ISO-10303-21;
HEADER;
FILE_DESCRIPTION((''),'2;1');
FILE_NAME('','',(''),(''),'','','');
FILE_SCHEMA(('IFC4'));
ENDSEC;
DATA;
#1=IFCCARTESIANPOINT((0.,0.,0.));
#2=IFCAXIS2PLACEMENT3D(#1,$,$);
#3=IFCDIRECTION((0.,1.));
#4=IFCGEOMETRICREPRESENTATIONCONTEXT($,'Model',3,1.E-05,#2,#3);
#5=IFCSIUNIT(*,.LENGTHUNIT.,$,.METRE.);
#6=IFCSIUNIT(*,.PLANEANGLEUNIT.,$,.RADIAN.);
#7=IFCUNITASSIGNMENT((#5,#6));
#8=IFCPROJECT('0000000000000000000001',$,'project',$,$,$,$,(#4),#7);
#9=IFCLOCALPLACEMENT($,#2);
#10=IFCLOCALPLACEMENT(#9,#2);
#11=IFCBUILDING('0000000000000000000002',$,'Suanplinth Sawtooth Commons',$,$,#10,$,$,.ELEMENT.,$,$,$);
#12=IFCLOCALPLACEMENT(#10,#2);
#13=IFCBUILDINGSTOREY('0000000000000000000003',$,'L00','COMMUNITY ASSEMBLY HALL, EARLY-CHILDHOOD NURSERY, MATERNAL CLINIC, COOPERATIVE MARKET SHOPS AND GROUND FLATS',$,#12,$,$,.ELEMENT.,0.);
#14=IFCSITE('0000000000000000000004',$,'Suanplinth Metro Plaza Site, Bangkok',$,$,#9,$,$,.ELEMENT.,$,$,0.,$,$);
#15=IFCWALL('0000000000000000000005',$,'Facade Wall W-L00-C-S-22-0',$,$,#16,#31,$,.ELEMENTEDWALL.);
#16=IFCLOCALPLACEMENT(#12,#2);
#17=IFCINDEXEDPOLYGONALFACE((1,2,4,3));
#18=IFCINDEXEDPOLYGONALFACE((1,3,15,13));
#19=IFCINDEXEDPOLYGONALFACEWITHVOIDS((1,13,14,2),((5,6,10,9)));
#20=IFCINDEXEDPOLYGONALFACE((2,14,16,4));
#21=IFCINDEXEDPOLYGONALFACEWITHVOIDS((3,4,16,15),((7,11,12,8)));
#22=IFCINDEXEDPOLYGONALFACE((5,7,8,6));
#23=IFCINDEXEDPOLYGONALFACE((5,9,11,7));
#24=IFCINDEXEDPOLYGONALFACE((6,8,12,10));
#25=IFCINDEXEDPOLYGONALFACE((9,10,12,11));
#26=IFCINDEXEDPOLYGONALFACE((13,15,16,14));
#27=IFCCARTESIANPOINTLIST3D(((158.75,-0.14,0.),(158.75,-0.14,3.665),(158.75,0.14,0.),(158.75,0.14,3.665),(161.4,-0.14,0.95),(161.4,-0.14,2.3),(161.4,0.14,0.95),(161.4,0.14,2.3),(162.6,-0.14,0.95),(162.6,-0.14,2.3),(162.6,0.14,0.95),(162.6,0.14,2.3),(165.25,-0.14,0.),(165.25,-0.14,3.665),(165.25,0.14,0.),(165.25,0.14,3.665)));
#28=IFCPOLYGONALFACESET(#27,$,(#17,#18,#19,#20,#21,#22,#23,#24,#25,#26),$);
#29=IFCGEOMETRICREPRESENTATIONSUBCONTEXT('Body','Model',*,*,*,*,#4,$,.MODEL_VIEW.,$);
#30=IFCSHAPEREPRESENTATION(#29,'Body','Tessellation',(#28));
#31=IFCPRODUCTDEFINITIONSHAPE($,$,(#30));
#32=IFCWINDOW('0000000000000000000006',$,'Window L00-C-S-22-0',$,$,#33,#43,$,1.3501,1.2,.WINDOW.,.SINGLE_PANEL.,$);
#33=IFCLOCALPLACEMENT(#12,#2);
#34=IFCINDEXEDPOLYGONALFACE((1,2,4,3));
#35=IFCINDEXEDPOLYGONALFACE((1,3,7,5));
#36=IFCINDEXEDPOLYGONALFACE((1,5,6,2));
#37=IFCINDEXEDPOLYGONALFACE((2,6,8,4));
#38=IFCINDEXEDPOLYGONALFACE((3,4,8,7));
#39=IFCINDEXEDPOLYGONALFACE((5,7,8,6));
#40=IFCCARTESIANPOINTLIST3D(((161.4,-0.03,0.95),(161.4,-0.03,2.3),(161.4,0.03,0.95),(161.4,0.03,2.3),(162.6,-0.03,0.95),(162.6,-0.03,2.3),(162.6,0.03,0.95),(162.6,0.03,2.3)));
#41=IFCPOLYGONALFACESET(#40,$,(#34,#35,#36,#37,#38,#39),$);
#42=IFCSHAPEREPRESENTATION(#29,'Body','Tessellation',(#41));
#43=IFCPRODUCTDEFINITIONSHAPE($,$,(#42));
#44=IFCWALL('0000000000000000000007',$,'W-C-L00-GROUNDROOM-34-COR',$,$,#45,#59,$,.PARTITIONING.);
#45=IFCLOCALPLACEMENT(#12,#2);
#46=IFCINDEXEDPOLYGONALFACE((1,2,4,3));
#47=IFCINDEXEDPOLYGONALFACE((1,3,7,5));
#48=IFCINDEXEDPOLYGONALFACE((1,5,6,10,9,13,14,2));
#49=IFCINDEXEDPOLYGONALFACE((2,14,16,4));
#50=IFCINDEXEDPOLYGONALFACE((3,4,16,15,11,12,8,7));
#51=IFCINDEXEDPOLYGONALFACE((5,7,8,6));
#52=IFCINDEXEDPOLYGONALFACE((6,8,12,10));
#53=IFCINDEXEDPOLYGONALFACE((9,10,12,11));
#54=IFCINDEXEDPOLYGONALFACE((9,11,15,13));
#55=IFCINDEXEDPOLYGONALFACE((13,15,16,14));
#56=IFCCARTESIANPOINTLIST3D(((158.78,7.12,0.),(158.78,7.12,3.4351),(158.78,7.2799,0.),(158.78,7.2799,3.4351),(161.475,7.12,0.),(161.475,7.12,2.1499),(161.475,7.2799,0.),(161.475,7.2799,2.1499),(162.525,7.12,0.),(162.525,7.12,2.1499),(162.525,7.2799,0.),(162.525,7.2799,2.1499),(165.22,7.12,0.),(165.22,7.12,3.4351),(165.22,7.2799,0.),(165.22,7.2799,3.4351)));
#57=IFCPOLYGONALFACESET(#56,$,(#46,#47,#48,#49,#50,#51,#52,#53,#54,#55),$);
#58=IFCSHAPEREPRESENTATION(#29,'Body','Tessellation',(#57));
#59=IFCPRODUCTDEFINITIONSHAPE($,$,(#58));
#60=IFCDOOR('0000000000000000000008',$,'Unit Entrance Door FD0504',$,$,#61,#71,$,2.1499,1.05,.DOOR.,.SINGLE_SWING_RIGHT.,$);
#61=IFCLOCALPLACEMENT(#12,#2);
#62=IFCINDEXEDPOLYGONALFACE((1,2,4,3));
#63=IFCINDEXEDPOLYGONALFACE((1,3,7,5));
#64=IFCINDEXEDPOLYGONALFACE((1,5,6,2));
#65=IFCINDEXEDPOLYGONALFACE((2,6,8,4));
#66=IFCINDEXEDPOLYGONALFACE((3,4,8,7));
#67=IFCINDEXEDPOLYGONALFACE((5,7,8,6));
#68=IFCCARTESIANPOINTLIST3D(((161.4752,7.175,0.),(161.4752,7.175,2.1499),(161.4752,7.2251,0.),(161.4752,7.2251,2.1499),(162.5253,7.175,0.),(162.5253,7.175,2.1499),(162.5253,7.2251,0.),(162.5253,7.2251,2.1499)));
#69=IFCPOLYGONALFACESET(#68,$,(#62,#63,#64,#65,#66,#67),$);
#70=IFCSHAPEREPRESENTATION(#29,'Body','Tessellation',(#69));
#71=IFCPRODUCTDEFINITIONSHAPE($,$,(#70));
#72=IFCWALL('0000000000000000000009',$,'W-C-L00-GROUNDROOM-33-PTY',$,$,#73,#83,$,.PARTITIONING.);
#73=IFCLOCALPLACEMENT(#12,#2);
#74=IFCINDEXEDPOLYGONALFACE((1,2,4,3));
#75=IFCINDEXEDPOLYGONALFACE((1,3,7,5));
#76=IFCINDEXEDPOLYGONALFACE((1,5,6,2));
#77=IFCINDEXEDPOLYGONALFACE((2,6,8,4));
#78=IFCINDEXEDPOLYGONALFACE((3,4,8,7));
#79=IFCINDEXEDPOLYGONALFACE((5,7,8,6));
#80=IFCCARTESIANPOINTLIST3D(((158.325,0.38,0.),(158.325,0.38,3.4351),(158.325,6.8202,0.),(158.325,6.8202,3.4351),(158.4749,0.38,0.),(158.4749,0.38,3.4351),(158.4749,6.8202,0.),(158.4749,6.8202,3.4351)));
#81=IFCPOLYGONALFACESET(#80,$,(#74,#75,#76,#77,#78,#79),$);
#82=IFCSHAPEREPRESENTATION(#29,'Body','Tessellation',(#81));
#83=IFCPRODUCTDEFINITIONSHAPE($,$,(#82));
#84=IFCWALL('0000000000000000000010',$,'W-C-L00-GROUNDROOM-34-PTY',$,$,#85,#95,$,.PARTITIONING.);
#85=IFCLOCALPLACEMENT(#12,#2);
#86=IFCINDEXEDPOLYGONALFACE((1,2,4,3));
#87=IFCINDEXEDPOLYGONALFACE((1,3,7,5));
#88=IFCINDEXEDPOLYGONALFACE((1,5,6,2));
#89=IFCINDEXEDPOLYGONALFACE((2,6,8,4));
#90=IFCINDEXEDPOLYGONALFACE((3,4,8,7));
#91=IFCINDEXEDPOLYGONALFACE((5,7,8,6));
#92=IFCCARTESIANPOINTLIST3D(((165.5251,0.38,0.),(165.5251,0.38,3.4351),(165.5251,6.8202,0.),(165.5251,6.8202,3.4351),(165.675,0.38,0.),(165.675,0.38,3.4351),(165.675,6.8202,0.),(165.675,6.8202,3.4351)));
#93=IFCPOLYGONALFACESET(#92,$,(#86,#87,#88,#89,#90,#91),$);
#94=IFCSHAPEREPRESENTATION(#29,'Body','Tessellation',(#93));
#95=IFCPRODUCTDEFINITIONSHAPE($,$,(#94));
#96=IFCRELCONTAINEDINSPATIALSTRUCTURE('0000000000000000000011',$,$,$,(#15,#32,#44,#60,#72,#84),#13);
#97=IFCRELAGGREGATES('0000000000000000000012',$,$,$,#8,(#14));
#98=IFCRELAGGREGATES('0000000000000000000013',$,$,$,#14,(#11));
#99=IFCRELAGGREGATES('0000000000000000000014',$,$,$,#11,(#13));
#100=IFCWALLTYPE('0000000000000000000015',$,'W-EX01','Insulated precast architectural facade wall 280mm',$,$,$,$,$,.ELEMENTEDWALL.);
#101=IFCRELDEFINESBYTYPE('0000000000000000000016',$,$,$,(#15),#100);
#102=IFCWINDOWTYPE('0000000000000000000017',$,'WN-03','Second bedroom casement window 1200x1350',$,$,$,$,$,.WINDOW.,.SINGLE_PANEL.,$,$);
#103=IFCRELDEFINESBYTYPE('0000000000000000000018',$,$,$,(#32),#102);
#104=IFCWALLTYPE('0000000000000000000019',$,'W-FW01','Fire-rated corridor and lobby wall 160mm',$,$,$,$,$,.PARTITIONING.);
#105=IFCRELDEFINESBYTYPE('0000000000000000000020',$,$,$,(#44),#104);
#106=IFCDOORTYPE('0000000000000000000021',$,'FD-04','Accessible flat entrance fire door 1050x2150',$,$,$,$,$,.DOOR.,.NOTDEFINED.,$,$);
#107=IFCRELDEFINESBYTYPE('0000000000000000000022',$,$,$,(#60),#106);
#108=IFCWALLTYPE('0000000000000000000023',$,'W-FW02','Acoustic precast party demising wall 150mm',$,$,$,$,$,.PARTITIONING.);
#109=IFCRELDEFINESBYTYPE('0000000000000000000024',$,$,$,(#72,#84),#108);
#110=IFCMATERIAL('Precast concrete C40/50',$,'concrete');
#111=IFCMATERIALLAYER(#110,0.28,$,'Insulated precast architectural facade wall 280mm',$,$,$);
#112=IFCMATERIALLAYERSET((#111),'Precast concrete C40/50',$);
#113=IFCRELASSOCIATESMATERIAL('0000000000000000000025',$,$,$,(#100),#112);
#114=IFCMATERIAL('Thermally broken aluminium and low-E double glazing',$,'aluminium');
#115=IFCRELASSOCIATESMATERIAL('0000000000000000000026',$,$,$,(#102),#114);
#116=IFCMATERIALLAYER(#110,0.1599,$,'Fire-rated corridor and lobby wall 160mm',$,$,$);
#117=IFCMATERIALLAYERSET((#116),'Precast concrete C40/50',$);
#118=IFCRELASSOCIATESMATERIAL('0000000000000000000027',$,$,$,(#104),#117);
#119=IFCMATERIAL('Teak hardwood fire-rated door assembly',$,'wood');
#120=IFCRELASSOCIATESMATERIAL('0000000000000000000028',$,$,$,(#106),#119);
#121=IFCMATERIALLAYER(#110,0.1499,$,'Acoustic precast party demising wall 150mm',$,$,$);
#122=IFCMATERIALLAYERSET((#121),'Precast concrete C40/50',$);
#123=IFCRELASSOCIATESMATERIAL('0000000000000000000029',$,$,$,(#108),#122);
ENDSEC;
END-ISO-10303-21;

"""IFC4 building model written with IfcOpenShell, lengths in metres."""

from ifc_helpers import new_model, si_unit, direction, frame, frame_2d, origin, place, context, subcontext, project, spatial, rectangle, extrude, material, layer, layer_set, type_object, element, fill, save


model = new_model("IFC4")

# Units and contexts
model_context = context("Model", 3, precision=1e-05, world=origin(), true_north=direction((0.0, 1.0)))
body_context = subcontext(model_context, "Body", "Model", "MODEL_VIEW")
ifc_project = project(units=[si_unit("LENGTHUNIT", "METRE"), si_unit("PLANEANGLEUNIT", "RADIAN")], contexts=[model_context])

# Site, building, storey
site_placement = place(None, origin())
site = spatial("IfcSite", under=ifc_project, at=site_placement, Name="Suanplinth Metro Plaza Site, Bangkok", CompositionType="ELEMENT", RefElevation=0.0)
building_placement = place(site_placement, origin())
building = spatial("IfcBuilding", under=site, at=building_placement, Name="Suanplinth Sawtooth Commons", CompositionType="ELEMENT")
storey_placement = place(building_placement, origin())
storey = spatial("IfcBuildingStorey", under=building, at=storey_placement, Name="L00", Description="COMMUNITY ASSEMBLY HALL, EARLY-CHILDHOOD NURSERY, MATERNAL CLINIC, COOPERATIVE MARKET SHOPS AND GROUND FLATS", CompositionType="ELEMENT", Elevation=0.0)

# Shared definitions
ifc_material_1 = material(Name="Precast concrete C40/50", Category="concrete")

# Wall, opening, window
ifc_layer_1 = layer(ifc_material_1, 0.28, Name="Insulated precast architectural facade wall 280mm")
ifc_layer_set_1 = layer_set([ifc_layer_1], Name="Precast concrete C40/50")
wall_type_1 = type_object("IfcWallType", Name="W-EX01", Description="Insulated precast architectural facade wall 280mm", PredefinedType="ELEMENTEDWALL", material=ifc_layer_set_1)
wall_1_placement = place(storey_placement, frame((158.75, 0.0, 0.0), z_axis=(0.0, 0.0, 1.0), x_axis=(1.0, 0.0, 0.0)))
wall_1 = element("IfcWall", 1, at=wall_1_placement, inside=storey, type_object=wall_type_1, Name="Facade Wall W-L00-C-S-22-0", PredefinedType="ELEMENTEDWALL", context=body_context, shape_type="SweptSolid", body=[
    extrude(rectangle(XDim=6.5, YDim=0.28, at=frame_2d((3.25, 0.0))), origin(), (0.0, 0.0, 1.0), 3.665),
])
opening_1_placement = place(wall_1_placement, frame((2.6499, 0.0, 0.95)))
opening_1 = element("IfcOpeningElement", 2, at=opening_1_placement, cuts=wall_1, PredefinedType="OPENING", context=body_context, shape_type="SweptSolid", body=[
    extrude(rectangle(XDim=1.2, YDim=1.3501, at=frame_2d((0.6001, 0.675))), frame((0.0, 0.1548, 0.0), z_axis=(0.0, -1.0, 0.0), x_axis=(1.0, 0.0, 0.0)), (0.0, 0.0, 1.0), 0.3098),
])
ifc_material_2 = material(Name="Thermally broken aluminium and low-E double glazing", Category="aluminium")
window_type = type_object("IfcWindowType", Name="WN-03", Description="Second bedroom casement window 1200x1350", PartitioningType="SINGLE_PANEL", PredefinedType="WINDOW", material=ifc_material_2)
window_placement = place(opening_1_placement, origin())
window = element("IfcWindow", 3, at=window_placement, inside=storey, type_object=window_type, Name="Window L00-C-S-22-0", OverallHeight=1.3501, OverallWidth=1.2, PartitioningType="SINGLE_PANEL", PredefinedType="WINDOW", context=body_context, shape_type="SweptSolid", body=[
    extrude(rectangle(XDim=1.2, YDim=1.3501, at=frame_2d((0.6001, 0.675))), frame((0.0, 0.03, 0.0), z_axis=(0.0, -1.0, 0.0), x_axis=(1.0, 0.0, 0.0)), (0.0, 0.0, 1.0), 0.0601),
])
fill(opening_1, window)

# Wall, opening, door
ifc_layer_2 = layer(ifc_material_1, 0.1599, Name="Fire-rated corridor and lobby wall 160mm")
ifc_layer_set_2 = layer_set([ifc_layer_2], Name="Precast concrete C40/50")
wall_type_2 = type_object("IfcWallType", Name="W-FW01", Description="Fire-rated corridor and lobby wall 160mm", PredefinedType="PARTITIONING", material=ifc_layer_set_2)
wall_2_placement = place(storey_placement, frame((158.78, 7.2, 0.0), z_axis=(0.0, 0.0, 1.0), x_axis=(1.0, 0.0, 0.0)))
wall_2 = element("IfcWall", 4, at=wall_2_placement, inside=storey, type_object=wall_type_2, Name="W-C-L00-GROUNDROOM-34-COR", PredefinedType="PARTITIONING", context=body_context, shape_type="SweptSolid", body=[
    extrude(rectangle(XDim=6.4399, YDim=0.1599, at=frame_2d((3.22, 0.0))), origin(), (0.0, 0.0, 1.0), 3.4351),
])
opening_2_placement = place(wall_2_placement, frame((2.6951, 0.0, 0.0)))
opening_2 = element("IfcOpeningElement", 5, at=opening_2_placement, cuts=wall_2, PredefinedType="OPENING", context=body_context, shape_type="SweptSolid", body=[
    extrude(rectangle(XDim=1.05, YDim=2.1499, at=frame_2d((0.5249, 1.075))), frame((0.0, 0.0947, 0.0), z_axis=(0.0, -1.0, 0.0), x_axis=(1.0, 0.0, 0.0)), (0.0, 0.0, 1.0), 0.1897),
])
ifc_material_3 = material(Name="Teak hardwood fire-rated door assembly", Category="wood")
door_type = type_object("IfcDoorType", Name="FD-04", Description="Accessible flat entrance fire door 1050x2150", OperationType="NOTDEFINED", PredefinedType="DOOR", material=ifc_material_3)
door_placement = place(opening_2_placement, frame((1.05, 0.0, 0.0), z_axis=(0.0, 0.0, 1.0), x_axis=(-1.0, 0.0, 0.0)))
door = element("IfcDoor", 6, at=door_placement, inside=storey, type_object=door_type, Name="Unit Entrance Door FD0504", OperationType="SINGLE_SWING_RIGHT", OverallHeight=2.1499, OverallWidth=1.05, PredefinedType="DOOR", context=body_context, shape_type="SweptSolid", body=[
    extrude(rectangle(XDim=1.05, YDim=2.1499, at=frame_2d((0.5249, 1.075))), frame((0.0, 0.0249, 0.0), z_axis=(0.0, -1.0, 0.0), x_axis=(1.0, 0.0, 0.0)), (0.0, 0.0, 1.0), 0.05),
])
fill(opening_2, door)

# Walls
ifc_layer_3 = layer(ifc_material_1, 0.1499, Name="Acoustic precast party demising wall 150mm")
ifc_layer_set_3 = layer_set([ifc_layer_3], Name="Precast concrete C40/50")
wall_type_3 = type_object("IfcWallType", Name="W-FW02", Description="Acoustic precast party demising wall 150mm", PredefinedType="PARTITIONING", material=ifc_layer_set_3)
for number, where, z_axis, x_axis, name in (
    (7, (158.3999, 0.3799, 0.0), (0.0, 0.0, 1.0), (0.0, 1.0, 0.0), "W-C-L00-GROUNDROOM-33-PTY"),
    (8, (165.6001, 0.3799, 0.0), (0.0, 0.0, 1.0), (0.0, 1.0, 0.0), "W-C-L00-GROUNDROOM-34-PTY"),
):
    element("IfcWall", number, at=place(storey_placement, frame(where, z_axis=z_axis, x_axis=x_axis)), inside=storey, type_object=wall_type_3, Name=name, PredefinedType="PARTITIONING", context=body_context, shape_type="SweptSolid", body=[
        extrude(rectangle(XDim=6.4402, YDim=0.1499, at=frame_2d((3.2202, 0.0))), origin(), (0.0, 0.0, 1.0), 3.4351),
    ])

save(model, "model.ifc")
